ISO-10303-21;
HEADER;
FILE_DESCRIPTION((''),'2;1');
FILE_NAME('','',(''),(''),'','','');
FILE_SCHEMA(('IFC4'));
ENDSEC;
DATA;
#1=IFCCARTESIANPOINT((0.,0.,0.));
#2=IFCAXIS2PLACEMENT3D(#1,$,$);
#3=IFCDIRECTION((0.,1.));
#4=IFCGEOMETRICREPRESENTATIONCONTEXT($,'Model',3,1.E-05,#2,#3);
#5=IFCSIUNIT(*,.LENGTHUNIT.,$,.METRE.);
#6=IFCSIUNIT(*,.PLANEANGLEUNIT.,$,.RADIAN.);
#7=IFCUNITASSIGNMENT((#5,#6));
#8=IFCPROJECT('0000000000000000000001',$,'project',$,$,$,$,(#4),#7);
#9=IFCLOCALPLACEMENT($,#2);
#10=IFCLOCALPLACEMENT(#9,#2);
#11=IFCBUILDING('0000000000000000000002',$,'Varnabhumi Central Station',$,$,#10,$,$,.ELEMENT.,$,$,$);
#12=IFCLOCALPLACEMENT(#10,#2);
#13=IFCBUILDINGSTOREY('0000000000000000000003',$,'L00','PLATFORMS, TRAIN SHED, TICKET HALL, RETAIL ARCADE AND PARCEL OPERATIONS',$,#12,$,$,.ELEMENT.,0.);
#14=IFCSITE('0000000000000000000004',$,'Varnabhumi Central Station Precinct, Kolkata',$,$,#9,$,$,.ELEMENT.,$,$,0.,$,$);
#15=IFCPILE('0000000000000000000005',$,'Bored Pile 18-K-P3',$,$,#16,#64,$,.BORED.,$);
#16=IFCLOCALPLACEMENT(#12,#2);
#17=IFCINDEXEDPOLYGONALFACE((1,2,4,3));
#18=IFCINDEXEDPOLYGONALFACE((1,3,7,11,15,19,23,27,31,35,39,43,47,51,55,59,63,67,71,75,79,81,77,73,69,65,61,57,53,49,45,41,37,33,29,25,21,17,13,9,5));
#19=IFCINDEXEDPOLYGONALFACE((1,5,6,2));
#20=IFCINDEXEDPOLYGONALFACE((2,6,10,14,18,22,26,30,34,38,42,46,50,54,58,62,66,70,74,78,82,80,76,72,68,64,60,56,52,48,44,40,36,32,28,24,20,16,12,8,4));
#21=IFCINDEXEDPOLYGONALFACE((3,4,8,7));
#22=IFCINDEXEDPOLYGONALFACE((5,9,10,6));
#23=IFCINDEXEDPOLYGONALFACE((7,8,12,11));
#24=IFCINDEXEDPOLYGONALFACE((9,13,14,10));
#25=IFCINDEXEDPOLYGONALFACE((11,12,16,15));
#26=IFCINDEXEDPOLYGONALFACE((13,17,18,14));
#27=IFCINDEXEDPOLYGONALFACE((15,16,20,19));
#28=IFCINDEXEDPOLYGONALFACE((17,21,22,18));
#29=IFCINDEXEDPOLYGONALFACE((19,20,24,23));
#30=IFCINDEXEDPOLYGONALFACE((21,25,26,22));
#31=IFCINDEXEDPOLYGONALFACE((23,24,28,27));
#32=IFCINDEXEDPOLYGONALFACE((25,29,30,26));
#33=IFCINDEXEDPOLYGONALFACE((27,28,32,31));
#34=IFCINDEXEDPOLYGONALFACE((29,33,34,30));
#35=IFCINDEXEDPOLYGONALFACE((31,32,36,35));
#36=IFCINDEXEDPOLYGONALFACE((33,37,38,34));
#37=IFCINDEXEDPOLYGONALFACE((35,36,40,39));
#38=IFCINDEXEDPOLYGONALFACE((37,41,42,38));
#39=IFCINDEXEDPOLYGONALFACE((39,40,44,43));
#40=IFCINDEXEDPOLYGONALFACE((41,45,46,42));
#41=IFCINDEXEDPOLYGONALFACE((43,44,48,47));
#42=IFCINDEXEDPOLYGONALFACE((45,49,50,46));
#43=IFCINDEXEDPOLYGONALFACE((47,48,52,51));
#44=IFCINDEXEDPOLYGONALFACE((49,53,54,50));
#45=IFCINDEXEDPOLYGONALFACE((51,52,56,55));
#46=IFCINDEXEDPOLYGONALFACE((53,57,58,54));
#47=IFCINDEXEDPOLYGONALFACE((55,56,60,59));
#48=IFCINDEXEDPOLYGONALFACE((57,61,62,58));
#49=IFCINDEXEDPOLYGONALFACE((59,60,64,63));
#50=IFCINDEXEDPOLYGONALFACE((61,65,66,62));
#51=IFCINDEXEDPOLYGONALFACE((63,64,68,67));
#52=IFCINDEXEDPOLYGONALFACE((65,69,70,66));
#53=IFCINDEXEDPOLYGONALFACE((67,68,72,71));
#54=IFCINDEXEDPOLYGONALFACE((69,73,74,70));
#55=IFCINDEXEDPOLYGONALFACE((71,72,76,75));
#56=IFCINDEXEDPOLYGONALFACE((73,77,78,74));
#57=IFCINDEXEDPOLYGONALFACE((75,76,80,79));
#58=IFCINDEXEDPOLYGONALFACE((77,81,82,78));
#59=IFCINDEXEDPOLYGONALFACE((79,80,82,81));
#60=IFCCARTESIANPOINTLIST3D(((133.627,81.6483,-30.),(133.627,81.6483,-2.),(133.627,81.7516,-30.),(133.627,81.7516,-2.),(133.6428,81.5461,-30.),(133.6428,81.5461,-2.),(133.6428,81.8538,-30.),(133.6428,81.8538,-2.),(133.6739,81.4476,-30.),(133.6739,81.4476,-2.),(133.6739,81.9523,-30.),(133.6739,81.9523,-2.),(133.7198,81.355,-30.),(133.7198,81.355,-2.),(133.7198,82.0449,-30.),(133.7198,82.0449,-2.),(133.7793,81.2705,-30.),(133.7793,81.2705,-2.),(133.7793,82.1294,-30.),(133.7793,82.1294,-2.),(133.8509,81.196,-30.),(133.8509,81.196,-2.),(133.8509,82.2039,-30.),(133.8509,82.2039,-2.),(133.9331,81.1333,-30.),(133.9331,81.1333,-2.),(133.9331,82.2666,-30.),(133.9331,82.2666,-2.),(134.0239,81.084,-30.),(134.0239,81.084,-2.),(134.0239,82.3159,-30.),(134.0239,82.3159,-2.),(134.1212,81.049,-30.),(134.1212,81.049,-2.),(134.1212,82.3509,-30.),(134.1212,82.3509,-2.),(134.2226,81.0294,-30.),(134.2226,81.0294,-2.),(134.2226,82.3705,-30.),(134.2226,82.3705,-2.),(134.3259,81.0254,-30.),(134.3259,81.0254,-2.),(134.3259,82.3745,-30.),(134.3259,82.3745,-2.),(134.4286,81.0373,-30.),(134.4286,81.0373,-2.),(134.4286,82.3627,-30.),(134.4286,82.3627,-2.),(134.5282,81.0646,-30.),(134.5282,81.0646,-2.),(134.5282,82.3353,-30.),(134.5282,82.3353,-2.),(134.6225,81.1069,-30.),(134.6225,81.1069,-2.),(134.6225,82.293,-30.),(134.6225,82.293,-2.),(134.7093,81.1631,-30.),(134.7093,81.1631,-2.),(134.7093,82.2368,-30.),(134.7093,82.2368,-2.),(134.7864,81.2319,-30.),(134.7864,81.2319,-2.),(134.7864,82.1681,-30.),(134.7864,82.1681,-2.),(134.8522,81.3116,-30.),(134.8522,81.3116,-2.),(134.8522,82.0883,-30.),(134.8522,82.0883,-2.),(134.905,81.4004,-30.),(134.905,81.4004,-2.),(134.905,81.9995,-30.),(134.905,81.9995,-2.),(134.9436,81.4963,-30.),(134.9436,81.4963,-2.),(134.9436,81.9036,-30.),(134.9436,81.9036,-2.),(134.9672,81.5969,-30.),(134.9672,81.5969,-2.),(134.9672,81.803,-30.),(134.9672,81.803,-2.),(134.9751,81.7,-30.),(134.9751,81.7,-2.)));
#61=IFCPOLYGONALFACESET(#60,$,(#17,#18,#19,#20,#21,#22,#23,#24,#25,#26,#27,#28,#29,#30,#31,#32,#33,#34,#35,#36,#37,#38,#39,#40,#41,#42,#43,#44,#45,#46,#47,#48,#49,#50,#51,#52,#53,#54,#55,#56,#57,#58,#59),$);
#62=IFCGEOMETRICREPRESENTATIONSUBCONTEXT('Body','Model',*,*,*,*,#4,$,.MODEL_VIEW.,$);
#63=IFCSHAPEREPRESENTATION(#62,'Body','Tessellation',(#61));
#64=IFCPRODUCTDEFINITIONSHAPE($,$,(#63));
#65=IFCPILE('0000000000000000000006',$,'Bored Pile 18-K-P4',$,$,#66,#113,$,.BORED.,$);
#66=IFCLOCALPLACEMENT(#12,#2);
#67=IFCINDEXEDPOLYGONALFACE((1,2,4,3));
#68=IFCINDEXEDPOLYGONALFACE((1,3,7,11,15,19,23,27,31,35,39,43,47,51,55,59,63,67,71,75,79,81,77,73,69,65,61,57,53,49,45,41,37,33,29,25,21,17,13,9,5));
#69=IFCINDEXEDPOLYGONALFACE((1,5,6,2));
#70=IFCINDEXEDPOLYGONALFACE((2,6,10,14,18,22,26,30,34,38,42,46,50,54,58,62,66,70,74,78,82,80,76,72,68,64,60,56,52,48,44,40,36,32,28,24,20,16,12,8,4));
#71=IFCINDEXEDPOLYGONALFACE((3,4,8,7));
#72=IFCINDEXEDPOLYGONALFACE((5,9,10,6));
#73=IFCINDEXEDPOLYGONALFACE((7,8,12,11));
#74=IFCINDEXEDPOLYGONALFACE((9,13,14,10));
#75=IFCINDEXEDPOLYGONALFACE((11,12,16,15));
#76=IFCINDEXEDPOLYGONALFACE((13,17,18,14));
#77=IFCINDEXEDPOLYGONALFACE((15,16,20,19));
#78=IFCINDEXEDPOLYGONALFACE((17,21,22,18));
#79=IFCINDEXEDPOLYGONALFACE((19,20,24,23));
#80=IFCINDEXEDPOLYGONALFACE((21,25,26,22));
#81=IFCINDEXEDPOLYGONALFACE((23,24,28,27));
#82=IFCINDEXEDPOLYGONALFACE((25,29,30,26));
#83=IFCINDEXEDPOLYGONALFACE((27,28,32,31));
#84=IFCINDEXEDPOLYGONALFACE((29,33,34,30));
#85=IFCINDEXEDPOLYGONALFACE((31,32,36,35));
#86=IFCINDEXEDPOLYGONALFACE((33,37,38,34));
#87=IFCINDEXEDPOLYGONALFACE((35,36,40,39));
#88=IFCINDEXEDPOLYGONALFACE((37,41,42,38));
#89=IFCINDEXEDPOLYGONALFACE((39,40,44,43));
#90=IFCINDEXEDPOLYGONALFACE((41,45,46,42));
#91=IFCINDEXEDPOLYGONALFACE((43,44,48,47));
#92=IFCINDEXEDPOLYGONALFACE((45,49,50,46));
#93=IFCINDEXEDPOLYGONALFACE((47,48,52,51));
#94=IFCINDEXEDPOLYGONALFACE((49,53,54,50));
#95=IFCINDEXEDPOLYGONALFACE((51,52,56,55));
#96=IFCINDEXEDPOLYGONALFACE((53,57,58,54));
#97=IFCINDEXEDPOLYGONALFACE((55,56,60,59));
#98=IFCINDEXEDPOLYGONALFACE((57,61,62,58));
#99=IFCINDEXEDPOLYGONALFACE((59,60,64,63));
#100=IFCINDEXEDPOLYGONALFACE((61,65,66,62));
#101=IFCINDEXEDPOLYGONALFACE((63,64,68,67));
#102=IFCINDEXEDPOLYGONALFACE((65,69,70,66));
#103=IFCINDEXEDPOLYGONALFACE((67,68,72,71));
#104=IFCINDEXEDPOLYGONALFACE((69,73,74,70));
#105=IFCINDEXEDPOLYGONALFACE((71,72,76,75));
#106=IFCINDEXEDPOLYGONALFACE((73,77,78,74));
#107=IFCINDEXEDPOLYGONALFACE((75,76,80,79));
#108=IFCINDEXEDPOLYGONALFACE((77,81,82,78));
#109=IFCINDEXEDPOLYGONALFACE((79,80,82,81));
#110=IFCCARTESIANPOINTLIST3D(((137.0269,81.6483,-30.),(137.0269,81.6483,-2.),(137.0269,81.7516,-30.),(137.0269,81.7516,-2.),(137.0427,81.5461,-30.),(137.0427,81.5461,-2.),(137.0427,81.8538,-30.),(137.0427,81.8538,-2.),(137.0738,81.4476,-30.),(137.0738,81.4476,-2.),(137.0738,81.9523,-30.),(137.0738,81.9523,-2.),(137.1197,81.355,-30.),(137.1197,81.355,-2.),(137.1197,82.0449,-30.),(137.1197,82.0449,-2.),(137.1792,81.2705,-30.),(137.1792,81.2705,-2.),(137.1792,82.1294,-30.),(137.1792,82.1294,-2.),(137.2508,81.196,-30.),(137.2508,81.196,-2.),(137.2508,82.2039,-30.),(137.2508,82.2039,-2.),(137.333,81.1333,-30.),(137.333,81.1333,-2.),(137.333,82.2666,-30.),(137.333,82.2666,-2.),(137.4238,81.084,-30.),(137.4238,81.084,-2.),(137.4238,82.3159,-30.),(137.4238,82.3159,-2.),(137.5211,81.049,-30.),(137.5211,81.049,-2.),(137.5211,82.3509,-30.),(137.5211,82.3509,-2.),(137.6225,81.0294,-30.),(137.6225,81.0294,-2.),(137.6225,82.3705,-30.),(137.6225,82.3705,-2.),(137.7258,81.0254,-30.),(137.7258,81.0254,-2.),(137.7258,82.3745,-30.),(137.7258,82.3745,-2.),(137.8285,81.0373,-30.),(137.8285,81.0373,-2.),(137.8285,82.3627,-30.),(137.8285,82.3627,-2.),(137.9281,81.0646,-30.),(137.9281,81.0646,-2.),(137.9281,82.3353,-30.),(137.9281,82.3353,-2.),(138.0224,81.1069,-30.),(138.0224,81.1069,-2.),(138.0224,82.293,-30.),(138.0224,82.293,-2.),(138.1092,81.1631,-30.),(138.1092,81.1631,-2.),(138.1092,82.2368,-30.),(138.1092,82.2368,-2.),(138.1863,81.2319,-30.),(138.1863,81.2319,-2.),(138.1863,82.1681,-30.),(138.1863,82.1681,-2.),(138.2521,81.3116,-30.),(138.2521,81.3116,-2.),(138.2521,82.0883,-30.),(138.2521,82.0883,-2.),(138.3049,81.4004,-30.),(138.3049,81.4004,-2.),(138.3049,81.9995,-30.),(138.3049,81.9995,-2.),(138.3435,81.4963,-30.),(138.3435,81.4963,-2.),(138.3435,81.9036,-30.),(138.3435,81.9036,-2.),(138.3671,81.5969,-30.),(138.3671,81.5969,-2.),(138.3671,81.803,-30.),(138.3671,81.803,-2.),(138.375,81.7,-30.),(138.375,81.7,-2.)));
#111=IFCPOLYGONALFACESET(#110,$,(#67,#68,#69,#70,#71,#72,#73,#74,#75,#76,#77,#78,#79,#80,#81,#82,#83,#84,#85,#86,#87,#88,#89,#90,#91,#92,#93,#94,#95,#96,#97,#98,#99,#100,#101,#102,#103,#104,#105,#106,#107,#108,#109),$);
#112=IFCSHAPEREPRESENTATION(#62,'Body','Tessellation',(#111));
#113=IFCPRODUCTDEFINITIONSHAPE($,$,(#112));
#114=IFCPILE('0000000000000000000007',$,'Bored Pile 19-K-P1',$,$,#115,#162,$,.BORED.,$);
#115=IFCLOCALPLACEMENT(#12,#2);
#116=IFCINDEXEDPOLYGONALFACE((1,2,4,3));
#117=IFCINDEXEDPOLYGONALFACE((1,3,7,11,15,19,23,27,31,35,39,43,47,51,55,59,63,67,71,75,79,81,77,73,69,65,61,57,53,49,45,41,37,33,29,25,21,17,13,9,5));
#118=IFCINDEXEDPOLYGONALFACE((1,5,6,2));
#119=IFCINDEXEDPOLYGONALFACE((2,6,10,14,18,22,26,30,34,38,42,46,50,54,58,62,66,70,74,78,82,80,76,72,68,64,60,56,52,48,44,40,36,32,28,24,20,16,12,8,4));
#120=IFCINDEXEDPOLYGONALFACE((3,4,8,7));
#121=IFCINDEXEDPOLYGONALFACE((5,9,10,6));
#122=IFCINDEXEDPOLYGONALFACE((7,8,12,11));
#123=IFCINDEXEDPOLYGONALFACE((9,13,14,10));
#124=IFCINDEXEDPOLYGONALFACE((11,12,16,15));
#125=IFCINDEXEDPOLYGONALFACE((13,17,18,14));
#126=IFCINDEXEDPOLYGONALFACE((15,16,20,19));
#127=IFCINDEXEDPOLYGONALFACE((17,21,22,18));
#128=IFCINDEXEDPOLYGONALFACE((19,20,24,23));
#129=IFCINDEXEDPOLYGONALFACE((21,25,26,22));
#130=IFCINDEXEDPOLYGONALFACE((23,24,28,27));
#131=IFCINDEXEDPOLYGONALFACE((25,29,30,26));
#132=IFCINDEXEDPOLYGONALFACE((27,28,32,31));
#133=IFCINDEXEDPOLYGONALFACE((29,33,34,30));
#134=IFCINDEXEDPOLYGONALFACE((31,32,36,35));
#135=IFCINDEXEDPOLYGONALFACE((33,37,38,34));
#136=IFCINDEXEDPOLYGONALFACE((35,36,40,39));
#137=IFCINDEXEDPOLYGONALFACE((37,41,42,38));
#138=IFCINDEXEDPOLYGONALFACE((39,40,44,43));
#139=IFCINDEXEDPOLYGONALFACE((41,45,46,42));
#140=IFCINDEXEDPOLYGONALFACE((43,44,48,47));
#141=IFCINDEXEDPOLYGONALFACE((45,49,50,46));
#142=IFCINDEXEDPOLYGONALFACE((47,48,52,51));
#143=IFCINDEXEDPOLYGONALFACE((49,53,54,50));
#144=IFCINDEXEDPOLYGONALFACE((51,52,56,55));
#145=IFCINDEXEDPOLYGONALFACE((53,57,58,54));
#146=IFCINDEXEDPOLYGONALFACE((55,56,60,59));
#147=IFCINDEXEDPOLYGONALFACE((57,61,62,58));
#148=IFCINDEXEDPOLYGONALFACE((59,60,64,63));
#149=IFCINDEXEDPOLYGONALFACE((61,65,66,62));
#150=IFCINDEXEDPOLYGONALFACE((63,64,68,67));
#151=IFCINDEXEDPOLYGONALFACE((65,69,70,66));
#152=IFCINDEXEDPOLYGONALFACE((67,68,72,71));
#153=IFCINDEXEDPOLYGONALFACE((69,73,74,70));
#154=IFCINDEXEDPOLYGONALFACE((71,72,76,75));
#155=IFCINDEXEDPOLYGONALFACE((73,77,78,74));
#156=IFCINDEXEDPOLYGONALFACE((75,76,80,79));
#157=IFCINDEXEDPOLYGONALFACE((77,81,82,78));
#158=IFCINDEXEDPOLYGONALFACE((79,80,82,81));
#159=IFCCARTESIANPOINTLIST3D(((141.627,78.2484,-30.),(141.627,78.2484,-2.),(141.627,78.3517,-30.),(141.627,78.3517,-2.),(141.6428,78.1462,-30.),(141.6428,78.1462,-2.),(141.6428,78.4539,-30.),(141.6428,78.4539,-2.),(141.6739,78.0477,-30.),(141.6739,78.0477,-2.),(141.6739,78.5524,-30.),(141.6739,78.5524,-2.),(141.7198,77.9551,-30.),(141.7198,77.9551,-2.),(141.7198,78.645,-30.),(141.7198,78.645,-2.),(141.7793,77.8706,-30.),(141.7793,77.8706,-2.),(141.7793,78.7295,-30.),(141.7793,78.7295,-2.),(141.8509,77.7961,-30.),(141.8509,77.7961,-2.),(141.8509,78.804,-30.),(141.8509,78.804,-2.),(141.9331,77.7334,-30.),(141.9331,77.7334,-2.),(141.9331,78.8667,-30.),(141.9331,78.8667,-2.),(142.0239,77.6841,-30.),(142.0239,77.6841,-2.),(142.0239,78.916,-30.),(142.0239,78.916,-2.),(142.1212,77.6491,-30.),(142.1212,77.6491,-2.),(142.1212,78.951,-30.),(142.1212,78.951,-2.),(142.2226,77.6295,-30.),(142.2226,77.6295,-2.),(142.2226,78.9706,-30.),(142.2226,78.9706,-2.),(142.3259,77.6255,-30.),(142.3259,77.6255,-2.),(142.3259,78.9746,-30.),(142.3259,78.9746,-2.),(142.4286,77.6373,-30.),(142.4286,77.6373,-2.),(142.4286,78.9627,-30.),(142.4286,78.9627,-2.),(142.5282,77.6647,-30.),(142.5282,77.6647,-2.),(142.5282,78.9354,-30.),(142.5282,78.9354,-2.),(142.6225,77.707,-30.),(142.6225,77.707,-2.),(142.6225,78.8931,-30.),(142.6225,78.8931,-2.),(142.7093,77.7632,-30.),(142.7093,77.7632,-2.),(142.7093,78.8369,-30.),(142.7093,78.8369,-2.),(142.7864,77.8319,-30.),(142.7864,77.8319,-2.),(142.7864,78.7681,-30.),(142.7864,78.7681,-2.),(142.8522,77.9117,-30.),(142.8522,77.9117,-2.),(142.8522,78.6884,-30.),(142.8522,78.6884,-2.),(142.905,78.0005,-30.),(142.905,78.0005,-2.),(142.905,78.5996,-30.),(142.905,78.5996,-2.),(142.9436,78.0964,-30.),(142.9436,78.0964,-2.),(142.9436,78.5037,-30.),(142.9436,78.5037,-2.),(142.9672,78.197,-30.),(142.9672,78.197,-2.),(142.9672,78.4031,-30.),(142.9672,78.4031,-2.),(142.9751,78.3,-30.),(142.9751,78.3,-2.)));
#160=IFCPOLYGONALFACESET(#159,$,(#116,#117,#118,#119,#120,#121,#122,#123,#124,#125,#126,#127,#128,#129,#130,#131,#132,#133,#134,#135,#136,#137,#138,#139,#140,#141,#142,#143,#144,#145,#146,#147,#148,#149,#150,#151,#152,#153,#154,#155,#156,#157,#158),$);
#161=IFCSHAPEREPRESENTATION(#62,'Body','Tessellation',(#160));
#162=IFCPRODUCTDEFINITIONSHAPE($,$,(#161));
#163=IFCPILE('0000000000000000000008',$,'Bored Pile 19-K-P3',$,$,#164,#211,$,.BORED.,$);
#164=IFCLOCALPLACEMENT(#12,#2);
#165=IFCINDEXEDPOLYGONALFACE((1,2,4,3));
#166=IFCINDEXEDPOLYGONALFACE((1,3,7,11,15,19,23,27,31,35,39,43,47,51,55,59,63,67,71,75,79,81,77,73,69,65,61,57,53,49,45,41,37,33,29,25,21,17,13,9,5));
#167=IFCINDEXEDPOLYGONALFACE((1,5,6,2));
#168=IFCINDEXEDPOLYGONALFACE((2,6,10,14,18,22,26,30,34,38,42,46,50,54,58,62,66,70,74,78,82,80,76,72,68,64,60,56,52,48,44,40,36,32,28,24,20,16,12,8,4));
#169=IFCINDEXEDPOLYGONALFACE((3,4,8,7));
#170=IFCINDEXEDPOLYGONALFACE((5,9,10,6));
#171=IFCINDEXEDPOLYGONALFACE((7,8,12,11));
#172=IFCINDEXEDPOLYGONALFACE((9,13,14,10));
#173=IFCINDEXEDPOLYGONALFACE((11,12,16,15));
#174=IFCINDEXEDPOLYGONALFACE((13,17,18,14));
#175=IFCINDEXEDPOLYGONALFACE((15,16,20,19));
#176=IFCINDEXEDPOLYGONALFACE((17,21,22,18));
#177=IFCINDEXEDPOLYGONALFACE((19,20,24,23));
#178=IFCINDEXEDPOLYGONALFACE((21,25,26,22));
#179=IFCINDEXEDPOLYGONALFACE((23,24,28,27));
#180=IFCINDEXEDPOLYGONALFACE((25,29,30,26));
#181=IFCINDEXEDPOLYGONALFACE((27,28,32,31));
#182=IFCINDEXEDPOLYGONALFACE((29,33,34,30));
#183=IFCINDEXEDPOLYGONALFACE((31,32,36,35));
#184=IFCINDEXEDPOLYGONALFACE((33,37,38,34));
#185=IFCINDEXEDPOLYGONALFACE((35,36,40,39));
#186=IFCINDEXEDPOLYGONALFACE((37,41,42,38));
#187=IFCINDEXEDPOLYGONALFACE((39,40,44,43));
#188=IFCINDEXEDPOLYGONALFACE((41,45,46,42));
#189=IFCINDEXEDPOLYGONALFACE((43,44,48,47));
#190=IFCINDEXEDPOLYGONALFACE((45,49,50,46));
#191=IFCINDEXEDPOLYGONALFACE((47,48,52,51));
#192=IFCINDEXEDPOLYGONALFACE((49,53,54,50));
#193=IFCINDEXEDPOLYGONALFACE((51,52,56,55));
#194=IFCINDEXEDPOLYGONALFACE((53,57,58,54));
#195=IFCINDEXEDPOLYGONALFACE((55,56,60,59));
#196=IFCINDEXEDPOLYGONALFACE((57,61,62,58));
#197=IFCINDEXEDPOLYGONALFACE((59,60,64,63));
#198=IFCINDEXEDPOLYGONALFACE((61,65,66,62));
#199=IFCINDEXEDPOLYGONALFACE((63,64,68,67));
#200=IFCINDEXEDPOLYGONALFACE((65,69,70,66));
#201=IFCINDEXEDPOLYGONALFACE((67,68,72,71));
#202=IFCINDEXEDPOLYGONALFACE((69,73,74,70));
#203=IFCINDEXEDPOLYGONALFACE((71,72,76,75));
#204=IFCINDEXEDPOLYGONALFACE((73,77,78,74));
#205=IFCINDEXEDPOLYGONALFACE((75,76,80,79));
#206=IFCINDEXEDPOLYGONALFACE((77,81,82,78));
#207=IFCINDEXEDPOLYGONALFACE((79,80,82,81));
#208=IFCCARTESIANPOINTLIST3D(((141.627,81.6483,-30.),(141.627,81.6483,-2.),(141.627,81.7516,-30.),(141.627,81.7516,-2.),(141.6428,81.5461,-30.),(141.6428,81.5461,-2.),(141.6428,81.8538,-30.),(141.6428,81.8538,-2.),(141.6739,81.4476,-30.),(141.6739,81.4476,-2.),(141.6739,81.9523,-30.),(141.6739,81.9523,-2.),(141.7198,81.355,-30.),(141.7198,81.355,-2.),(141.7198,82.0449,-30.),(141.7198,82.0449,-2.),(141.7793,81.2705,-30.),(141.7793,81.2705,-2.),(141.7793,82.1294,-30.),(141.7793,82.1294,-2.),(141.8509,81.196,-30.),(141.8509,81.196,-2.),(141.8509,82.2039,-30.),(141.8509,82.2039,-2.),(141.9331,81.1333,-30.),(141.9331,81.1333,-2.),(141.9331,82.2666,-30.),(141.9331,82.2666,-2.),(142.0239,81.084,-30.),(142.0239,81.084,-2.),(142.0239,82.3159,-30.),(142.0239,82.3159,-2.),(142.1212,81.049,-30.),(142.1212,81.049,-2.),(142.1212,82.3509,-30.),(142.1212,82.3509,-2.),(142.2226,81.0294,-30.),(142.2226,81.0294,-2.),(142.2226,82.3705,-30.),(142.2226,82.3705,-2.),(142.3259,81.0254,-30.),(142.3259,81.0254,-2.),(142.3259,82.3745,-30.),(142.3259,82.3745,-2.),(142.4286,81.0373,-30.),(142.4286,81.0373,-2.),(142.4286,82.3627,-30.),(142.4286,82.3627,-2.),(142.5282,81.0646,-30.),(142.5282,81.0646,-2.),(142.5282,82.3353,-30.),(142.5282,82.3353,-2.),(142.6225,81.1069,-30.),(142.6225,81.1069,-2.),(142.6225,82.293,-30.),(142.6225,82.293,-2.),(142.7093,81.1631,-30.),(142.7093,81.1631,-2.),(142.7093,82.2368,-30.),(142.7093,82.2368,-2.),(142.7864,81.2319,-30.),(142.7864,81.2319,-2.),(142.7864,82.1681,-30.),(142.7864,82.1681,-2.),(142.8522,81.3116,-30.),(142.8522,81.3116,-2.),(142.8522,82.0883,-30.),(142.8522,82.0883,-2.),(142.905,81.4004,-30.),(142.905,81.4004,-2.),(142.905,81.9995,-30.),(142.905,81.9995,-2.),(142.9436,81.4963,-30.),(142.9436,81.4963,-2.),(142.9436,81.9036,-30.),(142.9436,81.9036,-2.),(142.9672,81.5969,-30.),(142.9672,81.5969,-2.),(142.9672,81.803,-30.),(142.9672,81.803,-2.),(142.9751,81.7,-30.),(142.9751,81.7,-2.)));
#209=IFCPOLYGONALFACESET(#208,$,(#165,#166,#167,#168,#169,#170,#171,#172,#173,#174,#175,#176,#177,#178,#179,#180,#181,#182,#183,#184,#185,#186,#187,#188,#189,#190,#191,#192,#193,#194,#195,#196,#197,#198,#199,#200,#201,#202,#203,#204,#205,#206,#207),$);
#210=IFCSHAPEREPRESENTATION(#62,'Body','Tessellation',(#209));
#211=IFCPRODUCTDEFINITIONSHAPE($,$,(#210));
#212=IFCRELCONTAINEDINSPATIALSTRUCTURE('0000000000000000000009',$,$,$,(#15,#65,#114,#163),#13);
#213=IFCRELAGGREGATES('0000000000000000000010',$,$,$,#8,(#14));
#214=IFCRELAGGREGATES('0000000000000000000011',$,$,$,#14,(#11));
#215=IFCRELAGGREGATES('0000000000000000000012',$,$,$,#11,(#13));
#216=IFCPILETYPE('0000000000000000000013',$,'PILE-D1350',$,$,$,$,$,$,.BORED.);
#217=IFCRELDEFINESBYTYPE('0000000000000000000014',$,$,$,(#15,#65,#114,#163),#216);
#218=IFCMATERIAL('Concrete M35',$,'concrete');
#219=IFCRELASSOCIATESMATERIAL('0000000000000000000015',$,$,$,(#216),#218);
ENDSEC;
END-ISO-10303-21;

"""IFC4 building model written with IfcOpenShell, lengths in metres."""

from ifc_helpers import new_model, si_unit, direction, frame, origin, origin_2d, place, context, subcontext, project, spatial, circle, extrude, material, material_profile, profile_set, type_object, element, save


model = new_model("IFC4")

# Units and contexts
model_context = context("Model", 3, precision=1e-05, world=origin(), true_north=direction((0.0, 1.0)))
body_context = subcontext(model_context, "Body", "Model", "MODEL_VIEW")
ifc_project = project(units=[si_unit("LENGTHUNIT", "METRE"), si_unit("PLANEANGLEUNIT", "RADIAN")], contexts=[model_context])

# Site, building, storey
site_placement = place(None, origin())
site = spatial("IfcSite", under=ifc_project, at=site_placement, Name="Varnabhumi Central Station Precinct, Kolkata", CompositionType="ELEMENT", RefElevation=0.0)
building_placement = place(site_placement, origin())
building = spatial("IfcBuilding", under=site, at=building_placement, Name="Varnabhumi Central Station", CompositionType="ELEMENT")
storey_placement = place(building_placement, origin())
storey = spatial("IfcBuildingStorey", under=building, at=storey_placement, Name="L00", Description="PLATFORMS, TRAIN SHED, TICKET HALL, RETAIL ARCADE AND PARCEL OPERATIONS", CompositionType="ELEMENT", Elevation=0.0)

# Piles
ifc_material_1 = material(Name="Concrete M35", Category="concrete")
ifc_material_profile_1 = material_profile(ifc_material_1, circle(Radius=0.675, at=origin_2d()), Name="Concrete M35", Category="concrete")
ifc_profile_set_1 = profile_set([ifc_material_profile_1], Name="Concrete M35")
pile_type = type_object("IfcPileType", Name="PILE-D1350", PredefinedType="BORED", material=ifc_profile_set_1)
for number, where, z_axis, x_axis, name in (
    (1, (134.3, 81.7, -2.0), (0.0, 0.0, -1.0), (1.0, 0.0, 0.0), "Bored Pile 18-K-P3"),
    (2, (137.7, 81.7, -2.0), (0.0, 0.0, -1.0), (1.0, 0.0, 0.0), "Bored Pile 18-K-P4"),
    (3, (142.3, 78.3, -2.0), (0.0, 0.0, -1.0), (1.0, 0.0, 0.0), "Bored Pile 19-K-P1"),
    (4, (142.3, 81.7, -2.0), (0.0, 0.0, -1.0), (1.0, 0.0, 0.0), "Bored Pile 19-K-P3"),
):
    element("IfcPile", number, at=place(storey_placement, frame(where, z_axis=z_axis, x_axis=x_axis)), inside=storey, type_object=pile_type, Name=name, PredefinedType="BORED", context=body_context, shape_type="SweptSolid", body=[
        extrude(circle(Radius=0.675, at=origin_2d()), origin(), (0.0, 0.0, 1.0), 28.0),
    ])

save(model, "model.ifc")
